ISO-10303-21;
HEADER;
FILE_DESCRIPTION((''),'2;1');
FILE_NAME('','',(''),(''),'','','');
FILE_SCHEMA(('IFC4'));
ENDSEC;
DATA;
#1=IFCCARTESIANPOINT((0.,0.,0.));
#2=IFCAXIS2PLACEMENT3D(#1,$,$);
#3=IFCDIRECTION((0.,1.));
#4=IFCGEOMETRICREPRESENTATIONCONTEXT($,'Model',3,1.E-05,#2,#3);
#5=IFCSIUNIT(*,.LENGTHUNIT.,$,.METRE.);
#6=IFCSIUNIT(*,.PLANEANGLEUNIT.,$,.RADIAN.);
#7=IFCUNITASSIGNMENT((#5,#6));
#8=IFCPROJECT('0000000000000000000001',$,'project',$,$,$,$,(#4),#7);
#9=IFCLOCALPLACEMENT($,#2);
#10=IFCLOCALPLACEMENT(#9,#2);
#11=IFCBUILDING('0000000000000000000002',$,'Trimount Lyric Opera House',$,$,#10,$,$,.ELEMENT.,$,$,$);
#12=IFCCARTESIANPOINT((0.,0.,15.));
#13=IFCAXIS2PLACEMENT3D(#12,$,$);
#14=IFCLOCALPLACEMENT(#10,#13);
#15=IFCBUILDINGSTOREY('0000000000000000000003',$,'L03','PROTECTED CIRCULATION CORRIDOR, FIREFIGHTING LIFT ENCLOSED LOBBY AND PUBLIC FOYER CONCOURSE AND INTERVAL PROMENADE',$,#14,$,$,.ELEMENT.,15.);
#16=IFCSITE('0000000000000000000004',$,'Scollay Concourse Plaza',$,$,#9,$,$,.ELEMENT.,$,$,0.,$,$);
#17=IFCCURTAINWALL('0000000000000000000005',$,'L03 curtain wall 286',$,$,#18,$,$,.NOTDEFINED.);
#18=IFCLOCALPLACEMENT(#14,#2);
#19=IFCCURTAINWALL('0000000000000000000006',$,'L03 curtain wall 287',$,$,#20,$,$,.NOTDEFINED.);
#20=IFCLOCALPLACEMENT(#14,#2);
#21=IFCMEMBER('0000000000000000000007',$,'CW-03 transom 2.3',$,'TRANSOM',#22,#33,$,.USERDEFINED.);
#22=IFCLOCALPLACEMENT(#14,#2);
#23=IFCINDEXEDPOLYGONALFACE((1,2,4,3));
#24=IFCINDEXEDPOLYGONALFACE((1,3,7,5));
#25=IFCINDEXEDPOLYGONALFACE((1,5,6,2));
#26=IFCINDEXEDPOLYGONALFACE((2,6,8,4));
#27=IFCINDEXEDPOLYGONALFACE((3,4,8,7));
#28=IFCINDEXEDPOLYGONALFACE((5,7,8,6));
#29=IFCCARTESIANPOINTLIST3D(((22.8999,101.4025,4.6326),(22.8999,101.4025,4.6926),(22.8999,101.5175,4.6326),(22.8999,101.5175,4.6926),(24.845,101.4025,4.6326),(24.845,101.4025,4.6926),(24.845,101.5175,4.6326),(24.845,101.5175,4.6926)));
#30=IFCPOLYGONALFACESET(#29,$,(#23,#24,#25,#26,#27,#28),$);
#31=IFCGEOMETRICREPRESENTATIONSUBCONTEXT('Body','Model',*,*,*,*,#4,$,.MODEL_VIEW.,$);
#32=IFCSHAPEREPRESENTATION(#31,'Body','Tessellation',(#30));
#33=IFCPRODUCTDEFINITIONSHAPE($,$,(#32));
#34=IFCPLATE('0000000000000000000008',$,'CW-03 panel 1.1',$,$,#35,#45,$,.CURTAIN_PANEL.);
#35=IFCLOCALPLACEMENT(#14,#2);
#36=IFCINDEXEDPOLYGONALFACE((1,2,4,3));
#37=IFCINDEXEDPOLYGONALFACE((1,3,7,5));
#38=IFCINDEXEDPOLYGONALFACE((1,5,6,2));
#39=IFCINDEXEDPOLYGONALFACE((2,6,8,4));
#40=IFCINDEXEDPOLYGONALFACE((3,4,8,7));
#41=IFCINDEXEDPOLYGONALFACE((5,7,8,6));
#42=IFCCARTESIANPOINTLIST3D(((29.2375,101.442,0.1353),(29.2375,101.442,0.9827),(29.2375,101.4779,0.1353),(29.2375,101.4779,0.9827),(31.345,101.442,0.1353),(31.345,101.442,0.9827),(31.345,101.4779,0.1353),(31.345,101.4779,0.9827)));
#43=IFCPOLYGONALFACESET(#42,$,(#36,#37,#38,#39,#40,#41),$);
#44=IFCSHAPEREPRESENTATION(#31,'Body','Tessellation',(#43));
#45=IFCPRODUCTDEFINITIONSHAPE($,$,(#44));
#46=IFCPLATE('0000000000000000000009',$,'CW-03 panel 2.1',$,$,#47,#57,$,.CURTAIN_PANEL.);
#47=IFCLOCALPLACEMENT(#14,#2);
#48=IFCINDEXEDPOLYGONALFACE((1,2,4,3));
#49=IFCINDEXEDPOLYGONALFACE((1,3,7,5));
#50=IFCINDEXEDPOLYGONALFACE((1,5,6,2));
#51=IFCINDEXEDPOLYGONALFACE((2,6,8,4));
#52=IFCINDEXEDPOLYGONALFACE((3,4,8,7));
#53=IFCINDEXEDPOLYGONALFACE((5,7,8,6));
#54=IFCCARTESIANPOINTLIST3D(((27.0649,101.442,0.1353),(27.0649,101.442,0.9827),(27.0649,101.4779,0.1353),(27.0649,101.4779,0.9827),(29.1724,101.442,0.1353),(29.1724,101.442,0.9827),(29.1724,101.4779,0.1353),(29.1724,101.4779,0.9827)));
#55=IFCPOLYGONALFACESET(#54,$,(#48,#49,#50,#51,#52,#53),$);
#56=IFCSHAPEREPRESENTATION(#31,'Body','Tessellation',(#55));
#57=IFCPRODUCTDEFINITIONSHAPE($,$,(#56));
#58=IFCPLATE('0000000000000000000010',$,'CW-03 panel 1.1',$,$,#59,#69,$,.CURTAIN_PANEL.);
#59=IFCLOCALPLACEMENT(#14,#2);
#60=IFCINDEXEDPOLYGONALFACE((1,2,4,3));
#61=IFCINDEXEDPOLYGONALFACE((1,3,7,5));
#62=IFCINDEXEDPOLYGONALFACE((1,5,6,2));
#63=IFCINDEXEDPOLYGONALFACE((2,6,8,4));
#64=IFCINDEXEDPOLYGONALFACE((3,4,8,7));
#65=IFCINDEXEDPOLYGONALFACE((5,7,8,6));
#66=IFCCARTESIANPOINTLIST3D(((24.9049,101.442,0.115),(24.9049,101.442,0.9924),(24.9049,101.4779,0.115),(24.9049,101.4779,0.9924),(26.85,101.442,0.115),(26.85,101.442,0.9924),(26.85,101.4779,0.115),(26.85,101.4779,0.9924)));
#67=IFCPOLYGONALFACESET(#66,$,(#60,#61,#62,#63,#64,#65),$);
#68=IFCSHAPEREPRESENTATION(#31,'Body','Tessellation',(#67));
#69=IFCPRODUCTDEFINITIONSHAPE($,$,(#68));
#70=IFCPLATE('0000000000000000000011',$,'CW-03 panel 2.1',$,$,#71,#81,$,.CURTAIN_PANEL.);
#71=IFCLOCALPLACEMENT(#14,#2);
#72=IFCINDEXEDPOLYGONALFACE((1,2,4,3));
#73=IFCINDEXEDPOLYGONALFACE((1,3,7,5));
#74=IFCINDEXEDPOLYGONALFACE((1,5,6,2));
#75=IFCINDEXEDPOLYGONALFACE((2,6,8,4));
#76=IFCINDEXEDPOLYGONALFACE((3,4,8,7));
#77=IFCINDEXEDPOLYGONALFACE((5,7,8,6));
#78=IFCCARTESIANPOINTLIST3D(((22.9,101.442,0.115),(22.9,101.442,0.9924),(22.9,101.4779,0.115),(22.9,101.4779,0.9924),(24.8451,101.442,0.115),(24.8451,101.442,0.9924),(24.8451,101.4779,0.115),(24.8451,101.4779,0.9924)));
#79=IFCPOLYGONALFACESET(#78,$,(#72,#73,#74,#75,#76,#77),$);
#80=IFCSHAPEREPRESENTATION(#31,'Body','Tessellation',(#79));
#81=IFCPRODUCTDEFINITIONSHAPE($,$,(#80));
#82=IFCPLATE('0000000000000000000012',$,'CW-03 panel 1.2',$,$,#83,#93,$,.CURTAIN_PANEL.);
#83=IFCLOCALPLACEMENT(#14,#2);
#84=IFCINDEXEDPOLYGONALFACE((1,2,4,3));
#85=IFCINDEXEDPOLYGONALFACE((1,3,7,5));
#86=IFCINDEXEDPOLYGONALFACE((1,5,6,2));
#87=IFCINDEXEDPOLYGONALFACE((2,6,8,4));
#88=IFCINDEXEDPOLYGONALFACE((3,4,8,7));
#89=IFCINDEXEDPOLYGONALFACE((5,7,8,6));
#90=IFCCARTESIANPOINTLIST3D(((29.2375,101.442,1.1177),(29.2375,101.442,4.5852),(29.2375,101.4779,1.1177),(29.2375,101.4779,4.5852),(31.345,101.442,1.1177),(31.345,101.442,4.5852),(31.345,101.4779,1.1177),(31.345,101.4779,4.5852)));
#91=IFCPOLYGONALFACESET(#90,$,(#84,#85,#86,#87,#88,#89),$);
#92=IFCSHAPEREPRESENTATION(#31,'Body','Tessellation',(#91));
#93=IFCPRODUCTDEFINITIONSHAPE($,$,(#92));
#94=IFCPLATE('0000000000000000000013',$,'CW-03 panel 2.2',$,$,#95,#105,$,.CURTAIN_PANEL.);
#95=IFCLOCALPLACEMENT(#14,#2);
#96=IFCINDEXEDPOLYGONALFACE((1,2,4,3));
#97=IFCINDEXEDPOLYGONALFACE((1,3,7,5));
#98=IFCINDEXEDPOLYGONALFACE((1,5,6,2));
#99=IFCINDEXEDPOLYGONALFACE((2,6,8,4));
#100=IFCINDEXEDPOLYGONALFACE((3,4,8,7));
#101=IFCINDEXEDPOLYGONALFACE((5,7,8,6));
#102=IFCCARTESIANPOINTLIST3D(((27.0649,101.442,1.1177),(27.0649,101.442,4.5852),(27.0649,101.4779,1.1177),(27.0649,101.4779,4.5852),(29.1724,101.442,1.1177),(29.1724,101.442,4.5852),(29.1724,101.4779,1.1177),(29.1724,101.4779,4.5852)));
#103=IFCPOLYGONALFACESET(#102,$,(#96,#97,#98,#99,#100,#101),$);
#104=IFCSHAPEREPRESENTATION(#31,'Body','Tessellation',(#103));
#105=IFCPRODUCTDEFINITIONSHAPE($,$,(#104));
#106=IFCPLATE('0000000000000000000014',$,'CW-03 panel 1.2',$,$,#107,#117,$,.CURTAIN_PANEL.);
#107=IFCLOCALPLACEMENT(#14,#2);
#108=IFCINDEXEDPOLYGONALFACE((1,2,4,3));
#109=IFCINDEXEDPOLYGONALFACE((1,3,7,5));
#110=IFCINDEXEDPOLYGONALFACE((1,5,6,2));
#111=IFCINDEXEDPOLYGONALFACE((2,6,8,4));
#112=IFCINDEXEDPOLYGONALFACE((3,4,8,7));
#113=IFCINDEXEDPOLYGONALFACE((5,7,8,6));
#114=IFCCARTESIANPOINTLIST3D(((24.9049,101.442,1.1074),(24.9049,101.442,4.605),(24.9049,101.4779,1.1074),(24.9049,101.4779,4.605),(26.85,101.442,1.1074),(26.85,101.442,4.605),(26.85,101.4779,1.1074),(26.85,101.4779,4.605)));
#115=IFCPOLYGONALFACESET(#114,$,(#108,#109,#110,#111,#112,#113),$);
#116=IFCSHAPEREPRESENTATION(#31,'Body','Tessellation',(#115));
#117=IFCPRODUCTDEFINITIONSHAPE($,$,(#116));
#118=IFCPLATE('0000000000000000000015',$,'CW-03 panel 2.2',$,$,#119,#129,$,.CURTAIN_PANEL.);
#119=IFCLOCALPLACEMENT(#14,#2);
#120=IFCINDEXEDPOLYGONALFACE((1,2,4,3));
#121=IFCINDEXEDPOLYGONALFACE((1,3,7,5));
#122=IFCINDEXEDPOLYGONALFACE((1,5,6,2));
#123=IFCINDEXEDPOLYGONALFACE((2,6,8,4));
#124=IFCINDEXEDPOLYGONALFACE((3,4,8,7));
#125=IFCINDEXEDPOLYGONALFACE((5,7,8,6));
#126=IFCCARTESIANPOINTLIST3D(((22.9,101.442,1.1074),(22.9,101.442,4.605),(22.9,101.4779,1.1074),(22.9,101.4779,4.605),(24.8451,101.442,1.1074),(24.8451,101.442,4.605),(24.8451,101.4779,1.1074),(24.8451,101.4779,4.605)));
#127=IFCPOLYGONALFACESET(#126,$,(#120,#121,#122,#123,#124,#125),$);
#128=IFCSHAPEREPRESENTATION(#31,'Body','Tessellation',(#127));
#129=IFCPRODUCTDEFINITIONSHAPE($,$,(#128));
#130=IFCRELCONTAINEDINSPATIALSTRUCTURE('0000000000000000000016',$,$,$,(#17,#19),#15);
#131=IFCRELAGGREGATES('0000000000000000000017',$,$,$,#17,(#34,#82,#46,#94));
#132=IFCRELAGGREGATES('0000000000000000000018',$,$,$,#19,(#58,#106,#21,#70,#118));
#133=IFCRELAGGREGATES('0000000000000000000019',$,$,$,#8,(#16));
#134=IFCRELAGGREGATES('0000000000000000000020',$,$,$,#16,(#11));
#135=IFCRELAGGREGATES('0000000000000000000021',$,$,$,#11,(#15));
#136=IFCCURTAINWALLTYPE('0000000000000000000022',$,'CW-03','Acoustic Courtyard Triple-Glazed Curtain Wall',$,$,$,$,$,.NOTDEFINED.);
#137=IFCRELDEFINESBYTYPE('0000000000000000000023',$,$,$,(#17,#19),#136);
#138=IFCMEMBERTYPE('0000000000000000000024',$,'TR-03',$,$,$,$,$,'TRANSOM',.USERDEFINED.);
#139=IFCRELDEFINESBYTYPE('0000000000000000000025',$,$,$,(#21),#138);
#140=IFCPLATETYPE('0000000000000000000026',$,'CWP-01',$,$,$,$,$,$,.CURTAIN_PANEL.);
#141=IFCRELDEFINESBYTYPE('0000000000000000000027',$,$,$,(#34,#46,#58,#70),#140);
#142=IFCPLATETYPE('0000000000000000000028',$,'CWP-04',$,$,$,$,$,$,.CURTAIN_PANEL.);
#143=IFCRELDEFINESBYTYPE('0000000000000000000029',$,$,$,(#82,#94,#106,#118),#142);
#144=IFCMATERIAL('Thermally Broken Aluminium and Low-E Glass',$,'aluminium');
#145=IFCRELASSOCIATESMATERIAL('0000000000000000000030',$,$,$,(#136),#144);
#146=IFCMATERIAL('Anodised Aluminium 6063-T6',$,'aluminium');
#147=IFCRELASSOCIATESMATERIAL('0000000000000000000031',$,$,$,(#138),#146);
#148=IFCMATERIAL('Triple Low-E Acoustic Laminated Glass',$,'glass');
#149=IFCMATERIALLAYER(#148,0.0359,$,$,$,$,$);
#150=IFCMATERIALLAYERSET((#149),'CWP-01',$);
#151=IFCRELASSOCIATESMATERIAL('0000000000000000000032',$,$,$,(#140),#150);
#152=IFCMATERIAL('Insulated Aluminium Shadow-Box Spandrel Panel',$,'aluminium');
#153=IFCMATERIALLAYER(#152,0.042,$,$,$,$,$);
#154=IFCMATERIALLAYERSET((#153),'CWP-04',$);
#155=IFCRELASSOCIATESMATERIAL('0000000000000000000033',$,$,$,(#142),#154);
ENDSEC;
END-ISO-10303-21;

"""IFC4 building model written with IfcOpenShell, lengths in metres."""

from ifc_helpers import new_model, si_unit, direction, frame, origin, origin_2d, place, context, subcontext, project, spatial, rectangle, extrude, material, layer, layer_set, material_profile, profile_set, type_object, element, aggregate, save


model = new_model("IFC4")

# Units and contexts
model_context = context("Model", 3, precision=1e-05, world=origin(), true_north=direction((0.0, 1.0)))
body_context = subcontext(model_context, "Body", "Model", "MODEL_VIEW")
ifc_project = project(units=[si_unit("LENGTHUNIT", "METRE"), si_unit("PLANEANGLEUNIT", "RADIAN")], contexts=[model_context])

# Site, building, storey
site_placement = place(None, origin())
site = spatial("IfcSite", under=ifc_project, at=site_placement, Name="Scollay Concourse Plaza", CompositionType="ELEMENT", RefElevation=0.0)
building_placement = place(site_placement, origin())
building = spatial("IfcBuilding", under=site, at=building_placement, Name="Trimount Lyric Opera House", CompositionType="ELEMENT")
storey_placement = place(building_placement, frame((0.0, 0.0, 15.0)))
storey = spatial("IfcBuildingStorey", under=building, at=storey_placement, Name="L03", Description="PROTECTED CIRCULATION CORRIDOR, FIREFIGHTING LIFT ENCLOSED LOBBY AND PUBLIC FOYER CONCOURSE AND INTERVAL PROMENADE", CompositionType="ELEMENT", Elevation=15.0)

# Curtain walls
ifc_material_1 = material(Name="Thermally Broken Aluminium and Low-E Glass", Category="aluminium")
curtain_wall_type = type_object("IfcCurtainWallType", Name="CW-03", Description="Acoustic Courtyard Triple-Glazed Curtain Wall", PredefinedType="NOTDEFINED", material=ifc_material_1)
curtain_wall_1_placement = place(storey_placement, origin())
curtain_wall_1 = element("IfcCurtainWall", 1, at=curtain_wall_1_placement, inside=storey, type_object=curtain_wall_type, Name="L03 curtain wall 286", PredefinedType="NOTDEFINED")
curtain_wall_2_placement = place(storey_placement, origin())
curtain_wall_2 = element("IfcCurtainWall", 2, at=curtain_wall_2_placement, inside=storey, type_object=curtain_wall_type, Name="L03 curtain wall 287", PredefinedType="NOTDEFINED")

# Member
ifc_material_2 = material(Name="Anodised Aluminium 6063-T6", Category="aluminium")
ifc_material_profile_1 = material_profile(ifc_material_2, rectangle(XDim=0.115, YDim=0.0601, at=origin_2d()), Name="ALU-TRAN-60X115")
ifc_profile_set_1 = profile_set([ifc_material_profile_1], Name="Anodised Aluminium 6063-T6")
member_type_1 = type_object("IfcMemberType", Name="TR-03", ElementType="TRANSOM", PredefinedType="USERDEFINED", material=ifc_profile_set_1)
member_1_placement = place(storey_placement, frame((24.845, 101.46, 4.6626), z_axis=(-1.0, 0.0, 0.0), x_axis=(0.0, -1.0, 0.0)))
member_1 = element("IfcMember", 3, at=member_1_placement, type_object=member_type_1, Name="CW-03 transom 2.3", ObjectType="TRANSOM", PredefinedType="USERDEFINED", context=body_context, shape_type="SweptSolid", body=[
    extrude(rectangle(XDim=0.115, YDim=0.0601, at=origin_2d()), origin(), (0.0, 0.0, 1.0), 1.9451),
])

# Plates
ifc_material_3 = material(Name="Triple Low-E Acoustic Laminated Glass", Category="glass")
ifc_layer_1 = layer(ifc_material_3, 0.0359)
ifc_layer_set_1 = layer_set([ifc_layer_1], Name="CWP-01")
plate_type_1 = type_object("IfcPlateType", Name="CWP-01", PredefinedType="CURTAIN_PANEL", material=ifc_layer_set_1)
plate_1_placement = place(storey_placement, frame((30.2913, 101.46, 0.1353), z_axis=(0.0, 0.0, 1.0), x_axis=(-1.0, 0.0, 0.0)))
plate_1 = element("IfcPlate", 4, at=plate_1_placement, type_object=plate_type_1, Name="CW-03 panel 1.1", PredefinedType="CURTAIN_PANEL", context=body_context, shape_type="SweptSolid", body=[
    extrude(rectangle(XDim=2.1074, YDim=0.0359, at=origin_2d()), origin(), (0.0, 0.0, 1.0), 0.8474),
])
plate_2_placement = place(storey_placement, frame((28.1187, 101.46, 0.1353), z_axis=(0.0, 0.0, 1.0), x_axis=(-1.0, 0.0, 0.0)))
plate_2 = element("IfcPlate", 5, at=plate_2_placement, type_object=plate_type_1, Name="CW-03 panel 2.1", PredefinedType="CURTAIN_PANEL", context=body_context, shape_type="SweptSolid", body=[
    extrude(rectangle(XDim=2.1074, YDim=0.0359, at=origin_2d()), origin(), (0.0, 0.0, 1.0), 0.8474),
])
plate_3_placement = place(storey_placement, frame((25.8774, 101.46, 0.115), z_axis=(0.0, 0.0, 1.0), x_axis=(-1.0, 0.0, 0.0)))
plate_3 = element("IfcPlate", 6, at=plate_3_placement, type_object=plate_type_1, Name="CW-03 panel 1.1", PredefinedType="CURTAIN_PANEL", context=body_context, shape_type="SweptSolid", body=[
    extrude(rectangle(XDim=1.9451, YDim=0.0359, at=origin_2d()), origin(), (0.0, 0.0, 1.0), 0.8774),
])
plate_4_placement = place(storey_placement, frame((23.8726, 101.46, 0.115), z_axis=(0.0, 0.0, 1.0), x_axis=(-1.0, 0.0, 0.0)))
plate_4 = element("IfcPlate", 7, at=plate_4_placement, type_object=plate_type_1, Name="CW-03 panel 2.1", PredefinedType="CURTAIN_PANEL", context=body_context, shape_type="SweptSolid", body=[
    extrude(rectangle(XDim=1.9451, YDim=0.0359, at=origin_2d()), origin(), (0.0, 0.0, 1.0), 0.8774),
])
ifc_material_4 = material(Name="Insulated Aluminium Shadow-Box Spandrel Panel", Category="aluminium")
ifc_layer_2 = layer(ifc_material_4, 0.042)
ifc_layer_set_2 = layer_set([ifc_layer_2], Name="CWP-04")
plate_type_2 = type_object("IfcPlateType", Name="CWP-04", PredefinedType="CURTAIN_PANEL", material=ifc_layer_set_2)
plate_5_placement = place(storey_placement, frame((30.2913, 101.46, 1.1177), z_axis=(0.0, 0.0, 1.0), x_axis=(-1.0, 0.0, 0.0)))
plate_5 = element("IfcPlate", 8, at=plate_5_placement, type_object=plate_type_2, Name="CW-03 panel 1.2", PredefinedType="CURTAIN_PANEL", context=body_context, shape_type="SweptSolid", body=[
    extrude(rectangle(XDim=2.1074, YDim=0.0359, at=origin_2d()), origin(), (0.0, 0.0, 1.0), 3.4675),
])
plate_6_placement = place(storey_placement, frame((28.1187, 101.46, 1.1177), z_axis=(0.0, 0.0, 1.0), x_axis=(-1.0, 0.0, 0.0)))
plate_6 = element("IfcPlate", 9, at=plate_6_placement, type_object=plate_type_2, Name="CW-03 panel 2.2", PredefinedType="CURTAIN_PANEL", context=body_context, shape_type="SweptSolid", body=[
    extrude(rectangle(XDim=2.1074, YDim=0.0359, at=origin_2d()), origin(), (0.0, 0.0, 1.0), 3.4675),
])
aggregate(curtain_wall_1, [plate_1, plate_5, plate_2, plate_6])
plate_7_placement = place(storey_placement, frame((25.8774, 101.46, 1.1074), z_axis=(0.0, 0.0, 1.0), x_axis=(-1.0, 0.0, 0.0)))
plate_7 = element("IfcPlate", 10, at=plate_7_placement, type_object=plate_type_2, Name="CW-03 panel 1.2", PredefinedType="CURTAIN_PANEL", context=body_context, shape_type="SweptSolid", body=[
    extrude(rectangle(XDim=1.9451, YDim=0.0359, at=origin_2d()), origin(), (0.0, 0.0, 1.0), 3.4976),
])
plate_8_placement = place(storey_placement, frame((23.8726, 101.46, 1.1074), z_axis=(0.0, 0.0, 1.0), x_axis=(-1.0, 0.0, 0.0)))
plate_8 = element("IfcPlate", 11, at=plate_8_placement, type_object=plate_type_2, Name="CW-03 panel 2.2", PredefinedType="CURTAIN_PANEL", context=body_context, shape_type="SweptSolid", body=[
    extrude(rectangle(XDim=1.9451, YDim=0.0359, at=origin_2d()), origin(), (0.0, 0.0, 1.0), 3.4976),
])
aggregate(curtain_wall_2, [plate_3, plate_7, member_1, plate_4, plate_8])

save(model, "model.ifc")
